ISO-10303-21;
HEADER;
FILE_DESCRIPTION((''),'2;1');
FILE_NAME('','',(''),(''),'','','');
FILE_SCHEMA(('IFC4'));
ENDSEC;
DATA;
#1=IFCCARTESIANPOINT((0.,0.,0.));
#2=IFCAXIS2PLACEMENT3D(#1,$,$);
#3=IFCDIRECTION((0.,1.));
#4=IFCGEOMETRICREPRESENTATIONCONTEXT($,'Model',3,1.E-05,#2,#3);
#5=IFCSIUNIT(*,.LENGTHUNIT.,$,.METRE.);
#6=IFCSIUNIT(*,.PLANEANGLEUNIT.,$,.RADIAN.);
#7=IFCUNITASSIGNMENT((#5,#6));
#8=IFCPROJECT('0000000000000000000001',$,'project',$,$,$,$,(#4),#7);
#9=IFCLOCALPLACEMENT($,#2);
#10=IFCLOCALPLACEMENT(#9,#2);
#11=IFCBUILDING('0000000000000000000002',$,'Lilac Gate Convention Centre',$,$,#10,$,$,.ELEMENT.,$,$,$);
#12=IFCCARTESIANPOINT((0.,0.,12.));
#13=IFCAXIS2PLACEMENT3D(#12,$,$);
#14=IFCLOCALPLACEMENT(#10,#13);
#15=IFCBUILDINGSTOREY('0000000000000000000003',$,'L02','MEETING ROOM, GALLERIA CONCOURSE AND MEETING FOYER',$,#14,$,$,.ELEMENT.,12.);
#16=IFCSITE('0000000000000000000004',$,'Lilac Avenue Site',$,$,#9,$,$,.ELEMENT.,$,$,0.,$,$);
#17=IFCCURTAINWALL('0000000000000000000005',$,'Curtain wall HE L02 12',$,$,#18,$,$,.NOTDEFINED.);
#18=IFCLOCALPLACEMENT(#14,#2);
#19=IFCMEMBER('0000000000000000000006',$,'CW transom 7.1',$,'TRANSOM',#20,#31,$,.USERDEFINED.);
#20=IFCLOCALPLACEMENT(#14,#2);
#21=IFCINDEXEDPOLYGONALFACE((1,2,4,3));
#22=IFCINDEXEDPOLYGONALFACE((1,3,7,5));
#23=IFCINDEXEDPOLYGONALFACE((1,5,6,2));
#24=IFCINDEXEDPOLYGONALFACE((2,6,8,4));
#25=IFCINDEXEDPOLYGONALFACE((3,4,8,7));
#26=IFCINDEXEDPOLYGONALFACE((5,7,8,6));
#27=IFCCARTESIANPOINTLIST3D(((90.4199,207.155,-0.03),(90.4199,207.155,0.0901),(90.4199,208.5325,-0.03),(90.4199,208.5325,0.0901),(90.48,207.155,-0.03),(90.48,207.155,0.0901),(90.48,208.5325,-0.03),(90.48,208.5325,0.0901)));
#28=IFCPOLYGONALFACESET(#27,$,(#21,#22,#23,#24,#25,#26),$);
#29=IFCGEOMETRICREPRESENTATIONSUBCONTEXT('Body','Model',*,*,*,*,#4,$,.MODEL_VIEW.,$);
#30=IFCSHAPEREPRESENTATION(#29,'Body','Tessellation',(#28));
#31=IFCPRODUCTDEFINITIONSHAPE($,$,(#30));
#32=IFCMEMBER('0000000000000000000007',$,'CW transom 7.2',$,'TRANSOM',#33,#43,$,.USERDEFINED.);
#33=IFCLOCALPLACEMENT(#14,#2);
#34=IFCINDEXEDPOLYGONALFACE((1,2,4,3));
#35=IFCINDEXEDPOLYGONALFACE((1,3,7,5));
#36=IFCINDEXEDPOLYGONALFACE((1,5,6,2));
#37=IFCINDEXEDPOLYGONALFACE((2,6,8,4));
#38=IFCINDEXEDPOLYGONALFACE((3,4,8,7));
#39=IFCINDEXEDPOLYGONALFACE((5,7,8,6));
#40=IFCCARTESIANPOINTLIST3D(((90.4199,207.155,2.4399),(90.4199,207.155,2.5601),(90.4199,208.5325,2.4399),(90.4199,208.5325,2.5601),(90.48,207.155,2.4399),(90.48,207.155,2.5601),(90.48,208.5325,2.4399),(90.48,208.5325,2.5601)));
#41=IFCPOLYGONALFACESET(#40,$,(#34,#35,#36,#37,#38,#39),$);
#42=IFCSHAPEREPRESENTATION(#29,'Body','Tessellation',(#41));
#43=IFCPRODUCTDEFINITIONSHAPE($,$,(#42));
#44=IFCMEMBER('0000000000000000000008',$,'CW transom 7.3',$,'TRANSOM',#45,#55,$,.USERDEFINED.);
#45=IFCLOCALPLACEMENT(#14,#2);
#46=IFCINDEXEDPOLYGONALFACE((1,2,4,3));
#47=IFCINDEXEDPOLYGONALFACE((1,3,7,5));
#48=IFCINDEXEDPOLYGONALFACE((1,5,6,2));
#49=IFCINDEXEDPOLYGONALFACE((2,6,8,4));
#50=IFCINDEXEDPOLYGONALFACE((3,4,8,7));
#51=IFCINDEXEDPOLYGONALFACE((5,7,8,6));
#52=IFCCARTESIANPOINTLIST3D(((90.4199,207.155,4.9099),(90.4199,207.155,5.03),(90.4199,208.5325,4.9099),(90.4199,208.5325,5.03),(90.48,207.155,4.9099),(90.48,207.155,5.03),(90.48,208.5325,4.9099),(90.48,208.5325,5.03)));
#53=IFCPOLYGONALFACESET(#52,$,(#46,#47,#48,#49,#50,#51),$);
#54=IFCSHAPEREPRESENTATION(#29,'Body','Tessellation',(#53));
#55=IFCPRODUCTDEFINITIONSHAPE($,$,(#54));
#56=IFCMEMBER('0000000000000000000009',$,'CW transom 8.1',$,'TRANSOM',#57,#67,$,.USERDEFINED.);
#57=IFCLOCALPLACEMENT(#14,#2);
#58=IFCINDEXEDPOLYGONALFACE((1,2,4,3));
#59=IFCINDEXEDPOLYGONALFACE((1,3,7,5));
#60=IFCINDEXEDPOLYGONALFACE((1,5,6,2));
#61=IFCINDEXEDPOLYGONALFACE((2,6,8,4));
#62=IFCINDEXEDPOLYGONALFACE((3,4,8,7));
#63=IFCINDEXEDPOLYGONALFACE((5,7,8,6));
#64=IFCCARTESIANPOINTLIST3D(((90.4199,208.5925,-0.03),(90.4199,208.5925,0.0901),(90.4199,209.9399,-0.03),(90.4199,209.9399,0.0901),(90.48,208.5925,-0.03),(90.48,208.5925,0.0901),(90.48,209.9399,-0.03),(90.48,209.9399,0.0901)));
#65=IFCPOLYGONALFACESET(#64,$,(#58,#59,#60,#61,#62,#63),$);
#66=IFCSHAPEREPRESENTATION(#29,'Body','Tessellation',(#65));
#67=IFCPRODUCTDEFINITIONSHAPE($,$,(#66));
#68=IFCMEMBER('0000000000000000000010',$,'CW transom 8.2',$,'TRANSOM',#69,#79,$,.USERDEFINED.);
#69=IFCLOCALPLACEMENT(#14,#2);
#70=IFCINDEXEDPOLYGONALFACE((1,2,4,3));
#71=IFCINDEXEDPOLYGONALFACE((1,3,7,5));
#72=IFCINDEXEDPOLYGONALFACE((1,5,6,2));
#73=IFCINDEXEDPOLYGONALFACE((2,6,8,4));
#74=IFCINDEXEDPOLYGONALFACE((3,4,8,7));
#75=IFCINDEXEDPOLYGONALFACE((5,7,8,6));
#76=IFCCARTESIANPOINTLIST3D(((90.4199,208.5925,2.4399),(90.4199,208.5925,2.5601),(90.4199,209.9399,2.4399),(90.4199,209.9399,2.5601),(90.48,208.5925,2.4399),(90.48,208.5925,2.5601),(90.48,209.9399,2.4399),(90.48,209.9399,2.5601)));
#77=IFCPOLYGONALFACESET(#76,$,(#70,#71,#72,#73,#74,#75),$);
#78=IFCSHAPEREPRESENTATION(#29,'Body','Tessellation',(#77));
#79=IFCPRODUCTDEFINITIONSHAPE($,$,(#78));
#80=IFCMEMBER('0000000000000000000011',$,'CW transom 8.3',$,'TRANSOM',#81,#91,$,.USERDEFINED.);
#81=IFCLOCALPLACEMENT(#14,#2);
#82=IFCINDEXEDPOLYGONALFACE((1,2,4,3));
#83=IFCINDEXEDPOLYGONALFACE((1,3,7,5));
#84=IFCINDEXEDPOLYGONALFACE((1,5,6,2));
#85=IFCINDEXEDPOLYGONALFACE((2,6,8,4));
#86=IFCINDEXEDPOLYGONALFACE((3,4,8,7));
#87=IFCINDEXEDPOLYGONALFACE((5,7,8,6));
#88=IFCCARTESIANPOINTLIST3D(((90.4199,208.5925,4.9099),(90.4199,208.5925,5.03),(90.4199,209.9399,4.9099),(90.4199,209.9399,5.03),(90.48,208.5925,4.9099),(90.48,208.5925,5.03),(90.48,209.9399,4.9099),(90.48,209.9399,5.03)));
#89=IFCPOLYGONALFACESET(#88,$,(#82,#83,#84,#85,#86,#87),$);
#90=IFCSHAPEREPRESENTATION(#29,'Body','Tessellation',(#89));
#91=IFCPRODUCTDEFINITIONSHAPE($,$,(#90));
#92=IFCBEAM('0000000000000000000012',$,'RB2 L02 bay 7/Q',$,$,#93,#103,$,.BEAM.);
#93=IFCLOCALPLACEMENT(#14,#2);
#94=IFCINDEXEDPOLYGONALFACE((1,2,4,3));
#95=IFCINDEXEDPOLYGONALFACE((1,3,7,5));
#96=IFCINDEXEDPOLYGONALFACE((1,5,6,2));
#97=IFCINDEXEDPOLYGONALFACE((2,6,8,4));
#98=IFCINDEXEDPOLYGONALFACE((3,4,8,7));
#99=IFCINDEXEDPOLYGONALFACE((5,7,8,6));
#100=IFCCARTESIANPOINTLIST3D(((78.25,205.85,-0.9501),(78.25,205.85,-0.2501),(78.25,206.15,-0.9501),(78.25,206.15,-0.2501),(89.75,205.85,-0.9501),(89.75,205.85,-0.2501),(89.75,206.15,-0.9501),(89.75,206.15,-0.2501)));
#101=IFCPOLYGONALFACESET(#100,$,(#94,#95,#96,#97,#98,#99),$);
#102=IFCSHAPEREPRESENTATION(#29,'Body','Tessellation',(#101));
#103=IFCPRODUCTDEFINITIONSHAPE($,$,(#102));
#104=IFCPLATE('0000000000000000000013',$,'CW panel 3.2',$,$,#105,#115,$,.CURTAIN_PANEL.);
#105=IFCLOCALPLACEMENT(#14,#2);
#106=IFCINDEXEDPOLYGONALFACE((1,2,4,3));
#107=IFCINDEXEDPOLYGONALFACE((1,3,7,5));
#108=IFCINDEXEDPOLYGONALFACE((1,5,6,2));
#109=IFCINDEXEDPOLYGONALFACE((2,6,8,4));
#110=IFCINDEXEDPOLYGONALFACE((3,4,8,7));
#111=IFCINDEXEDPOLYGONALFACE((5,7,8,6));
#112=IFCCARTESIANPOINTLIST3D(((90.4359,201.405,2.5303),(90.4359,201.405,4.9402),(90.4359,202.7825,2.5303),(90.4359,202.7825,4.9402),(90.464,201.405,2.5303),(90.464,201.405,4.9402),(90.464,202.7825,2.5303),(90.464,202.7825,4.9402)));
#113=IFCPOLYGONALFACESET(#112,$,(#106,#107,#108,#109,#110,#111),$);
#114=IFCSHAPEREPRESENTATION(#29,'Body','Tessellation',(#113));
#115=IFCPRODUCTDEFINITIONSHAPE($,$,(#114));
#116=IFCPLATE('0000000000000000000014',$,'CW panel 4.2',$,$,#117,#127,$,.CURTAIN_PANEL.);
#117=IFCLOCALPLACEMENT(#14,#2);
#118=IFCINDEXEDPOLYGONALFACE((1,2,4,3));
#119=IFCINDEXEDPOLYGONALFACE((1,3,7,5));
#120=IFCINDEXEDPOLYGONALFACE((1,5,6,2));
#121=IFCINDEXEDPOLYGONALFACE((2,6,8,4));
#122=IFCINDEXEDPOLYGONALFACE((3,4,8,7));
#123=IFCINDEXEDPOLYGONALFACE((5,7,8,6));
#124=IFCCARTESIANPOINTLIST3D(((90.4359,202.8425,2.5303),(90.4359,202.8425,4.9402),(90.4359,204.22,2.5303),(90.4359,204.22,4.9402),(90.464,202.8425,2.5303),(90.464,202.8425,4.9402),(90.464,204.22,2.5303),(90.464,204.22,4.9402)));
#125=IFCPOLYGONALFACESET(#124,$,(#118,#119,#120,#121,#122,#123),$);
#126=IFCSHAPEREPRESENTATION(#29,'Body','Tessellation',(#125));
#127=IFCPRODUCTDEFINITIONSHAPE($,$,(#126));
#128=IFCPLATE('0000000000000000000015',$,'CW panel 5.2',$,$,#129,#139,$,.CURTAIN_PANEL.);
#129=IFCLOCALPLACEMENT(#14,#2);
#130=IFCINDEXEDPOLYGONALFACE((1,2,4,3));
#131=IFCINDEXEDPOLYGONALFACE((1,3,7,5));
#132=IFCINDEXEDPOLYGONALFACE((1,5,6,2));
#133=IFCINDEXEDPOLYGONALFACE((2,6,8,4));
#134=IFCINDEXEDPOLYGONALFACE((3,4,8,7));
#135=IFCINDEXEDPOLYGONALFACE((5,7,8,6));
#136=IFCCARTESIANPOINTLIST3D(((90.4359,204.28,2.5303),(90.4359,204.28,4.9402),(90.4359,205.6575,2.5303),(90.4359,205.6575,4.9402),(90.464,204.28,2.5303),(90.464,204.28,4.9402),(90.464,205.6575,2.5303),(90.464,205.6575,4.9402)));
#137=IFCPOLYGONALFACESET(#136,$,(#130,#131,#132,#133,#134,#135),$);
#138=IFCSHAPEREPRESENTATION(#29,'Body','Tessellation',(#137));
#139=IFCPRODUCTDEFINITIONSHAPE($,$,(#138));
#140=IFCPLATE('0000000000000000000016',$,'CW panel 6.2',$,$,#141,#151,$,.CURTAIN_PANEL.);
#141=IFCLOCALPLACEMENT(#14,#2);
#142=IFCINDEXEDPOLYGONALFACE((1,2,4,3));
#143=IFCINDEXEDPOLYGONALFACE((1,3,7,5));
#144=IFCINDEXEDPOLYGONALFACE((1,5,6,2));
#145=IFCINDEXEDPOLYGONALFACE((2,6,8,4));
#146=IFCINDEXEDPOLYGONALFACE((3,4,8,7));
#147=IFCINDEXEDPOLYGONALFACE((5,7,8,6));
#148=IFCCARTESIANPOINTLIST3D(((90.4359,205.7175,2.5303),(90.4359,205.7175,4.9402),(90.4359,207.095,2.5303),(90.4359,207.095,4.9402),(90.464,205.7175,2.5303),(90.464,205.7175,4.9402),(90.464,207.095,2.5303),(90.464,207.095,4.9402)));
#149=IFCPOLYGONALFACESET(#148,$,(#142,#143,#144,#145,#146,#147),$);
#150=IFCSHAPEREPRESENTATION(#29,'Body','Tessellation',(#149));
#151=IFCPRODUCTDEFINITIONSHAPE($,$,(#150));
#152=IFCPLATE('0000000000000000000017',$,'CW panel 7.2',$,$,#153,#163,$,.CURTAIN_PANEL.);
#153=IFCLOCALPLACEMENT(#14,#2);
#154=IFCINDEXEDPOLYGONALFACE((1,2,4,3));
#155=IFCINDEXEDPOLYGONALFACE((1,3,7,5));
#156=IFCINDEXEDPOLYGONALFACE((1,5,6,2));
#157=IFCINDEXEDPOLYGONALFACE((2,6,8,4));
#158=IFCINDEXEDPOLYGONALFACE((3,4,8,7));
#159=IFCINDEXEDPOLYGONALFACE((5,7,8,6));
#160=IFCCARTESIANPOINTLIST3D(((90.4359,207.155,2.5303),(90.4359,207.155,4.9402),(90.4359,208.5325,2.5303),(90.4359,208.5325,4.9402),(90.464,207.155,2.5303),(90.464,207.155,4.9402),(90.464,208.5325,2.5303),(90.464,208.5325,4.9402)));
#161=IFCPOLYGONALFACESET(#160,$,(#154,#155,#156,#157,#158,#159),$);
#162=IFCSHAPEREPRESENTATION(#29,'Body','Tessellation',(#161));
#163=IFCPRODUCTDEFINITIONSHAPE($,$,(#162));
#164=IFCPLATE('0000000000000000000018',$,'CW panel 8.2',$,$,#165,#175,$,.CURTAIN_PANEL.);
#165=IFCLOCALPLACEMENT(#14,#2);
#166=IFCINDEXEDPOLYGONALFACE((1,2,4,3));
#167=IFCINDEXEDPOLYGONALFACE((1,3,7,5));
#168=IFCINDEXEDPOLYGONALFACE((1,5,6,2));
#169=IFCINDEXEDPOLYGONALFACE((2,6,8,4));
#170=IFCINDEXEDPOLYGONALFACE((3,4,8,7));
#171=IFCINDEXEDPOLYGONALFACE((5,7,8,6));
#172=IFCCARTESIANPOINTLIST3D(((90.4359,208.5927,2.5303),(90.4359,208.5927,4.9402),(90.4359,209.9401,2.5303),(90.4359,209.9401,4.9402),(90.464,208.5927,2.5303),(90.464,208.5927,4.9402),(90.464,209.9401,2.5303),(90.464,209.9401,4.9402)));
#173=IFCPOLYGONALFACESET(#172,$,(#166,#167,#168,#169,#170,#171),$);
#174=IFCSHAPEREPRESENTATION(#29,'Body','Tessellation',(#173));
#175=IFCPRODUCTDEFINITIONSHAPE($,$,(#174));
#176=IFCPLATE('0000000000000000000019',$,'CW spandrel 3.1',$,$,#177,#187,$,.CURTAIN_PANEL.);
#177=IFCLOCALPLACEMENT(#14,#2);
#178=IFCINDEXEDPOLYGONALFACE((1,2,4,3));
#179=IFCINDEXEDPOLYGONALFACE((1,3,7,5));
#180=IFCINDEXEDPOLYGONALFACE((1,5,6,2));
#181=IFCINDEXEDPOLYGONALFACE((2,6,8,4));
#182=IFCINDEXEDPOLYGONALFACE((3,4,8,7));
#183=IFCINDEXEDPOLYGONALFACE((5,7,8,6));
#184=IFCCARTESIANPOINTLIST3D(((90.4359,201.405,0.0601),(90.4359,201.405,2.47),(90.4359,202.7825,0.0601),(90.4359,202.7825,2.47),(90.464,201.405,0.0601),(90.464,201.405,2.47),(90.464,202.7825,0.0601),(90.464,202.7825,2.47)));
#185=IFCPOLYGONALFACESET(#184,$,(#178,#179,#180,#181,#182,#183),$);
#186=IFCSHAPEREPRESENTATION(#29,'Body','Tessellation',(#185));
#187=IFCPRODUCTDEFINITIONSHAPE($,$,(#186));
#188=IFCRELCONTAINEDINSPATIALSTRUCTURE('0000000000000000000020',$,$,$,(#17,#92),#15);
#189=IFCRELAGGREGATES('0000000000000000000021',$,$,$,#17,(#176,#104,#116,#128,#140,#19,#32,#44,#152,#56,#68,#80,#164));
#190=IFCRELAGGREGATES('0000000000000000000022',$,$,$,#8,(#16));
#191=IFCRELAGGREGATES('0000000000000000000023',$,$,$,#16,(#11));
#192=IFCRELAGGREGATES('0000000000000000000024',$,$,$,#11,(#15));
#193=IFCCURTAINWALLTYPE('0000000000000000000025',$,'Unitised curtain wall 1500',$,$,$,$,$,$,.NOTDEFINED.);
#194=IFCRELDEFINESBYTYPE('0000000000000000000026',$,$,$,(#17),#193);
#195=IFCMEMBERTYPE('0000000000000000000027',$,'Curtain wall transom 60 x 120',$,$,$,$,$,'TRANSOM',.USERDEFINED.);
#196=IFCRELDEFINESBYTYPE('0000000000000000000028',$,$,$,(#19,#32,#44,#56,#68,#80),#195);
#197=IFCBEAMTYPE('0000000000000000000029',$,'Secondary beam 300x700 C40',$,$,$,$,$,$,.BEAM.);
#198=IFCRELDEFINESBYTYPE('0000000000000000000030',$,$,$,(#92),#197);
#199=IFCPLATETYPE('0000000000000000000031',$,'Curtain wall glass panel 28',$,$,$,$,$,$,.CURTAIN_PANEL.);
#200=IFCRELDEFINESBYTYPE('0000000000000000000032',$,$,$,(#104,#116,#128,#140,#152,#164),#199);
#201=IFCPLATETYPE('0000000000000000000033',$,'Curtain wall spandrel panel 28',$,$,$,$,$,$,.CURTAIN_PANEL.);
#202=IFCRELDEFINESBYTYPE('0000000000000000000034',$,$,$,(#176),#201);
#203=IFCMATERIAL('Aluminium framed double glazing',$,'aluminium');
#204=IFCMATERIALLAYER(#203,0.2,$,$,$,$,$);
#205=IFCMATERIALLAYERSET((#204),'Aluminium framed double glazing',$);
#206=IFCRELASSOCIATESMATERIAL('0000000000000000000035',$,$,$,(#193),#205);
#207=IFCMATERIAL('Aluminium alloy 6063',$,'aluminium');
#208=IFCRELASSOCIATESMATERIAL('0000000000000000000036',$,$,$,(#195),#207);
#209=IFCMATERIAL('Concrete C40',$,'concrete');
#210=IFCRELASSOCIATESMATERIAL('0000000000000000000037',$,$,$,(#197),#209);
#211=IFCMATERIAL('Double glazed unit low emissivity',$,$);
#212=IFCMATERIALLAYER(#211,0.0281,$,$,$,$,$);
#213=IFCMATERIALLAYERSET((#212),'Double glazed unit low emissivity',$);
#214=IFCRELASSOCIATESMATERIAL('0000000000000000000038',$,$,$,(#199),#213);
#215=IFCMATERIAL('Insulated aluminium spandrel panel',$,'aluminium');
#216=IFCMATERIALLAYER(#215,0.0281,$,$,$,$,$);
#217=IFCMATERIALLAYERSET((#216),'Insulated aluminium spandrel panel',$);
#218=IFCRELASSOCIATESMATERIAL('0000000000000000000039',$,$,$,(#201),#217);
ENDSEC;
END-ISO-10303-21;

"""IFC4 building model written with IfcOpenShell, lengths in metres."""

from ifc_helpers import new_model, si_unit, direction, frame, origin, origin_2d, place, context, subcontext, project, spatial, rectangle, extrude, material, layer, layer_set, material_profile, profile_set, type_object, element, aggregate, save


model = new_model("IFC4")

# Units and contexts
model_context = context("Model", 3, precision=1e-05, world=origin(), true_north=direction((0.0, 1.0)))
body_context = subcontext(model_context, "Body", "Model", "MODEL_VIEW")
ifc_project = project(units=[si_unit("LENGTHUNIT", "METRE"), si_unit("PLANEANGLEUNIT", "RADIAN")], contexts=[model_context])

# Site, building, storey
site_placement = place(None, origin())
site = spatial("IfcSite", under=ifc_project, at=site_placement, Name="Lilac Avenue Site", CompositionType="ELEMENT", RefElevation=0.0)
building_placement = place(site_placement, origin())
building = spatial("IfcBuilding", under=site, at=building_placement, Name="Lilac Gate Convention Centre", CompositionType="ELEMENT")
storey_placement = place(building_placement, frame((0.0, 0.0, 12.0)))
storey = spatial("IfcBuildingStorey", under=building, at=storey_placement, Name="L02", Description="MEETING ROOM, GALLERIA CONCOURSE AND MEETING FOYER", CompositionType="ELEMENT", Elevation=12.0)

# Curtain wall, members
ifc_material_1 = material(Name="Aluminium framed double glazing", Category="aluminium")
ifc_layer_1 = layer(ifc_material_1, 0.2)
ifc_layer_set_1 = layer_set([ifc_layer_1], Name="Aluminium framed double glazing")
curtain_wall_type = type_object("IfcCurtainWallType", Name="Unitised curtain wall 1500", PredefinedType="NOTDEFINED", material=ifc_layer_set_1)
curtain_wall_placement = place(storey_placement, origin())
curtain_wall = element("IfcCurtainWall", 1, at=curtain_wall_placement, inside=storey, type_object=curtain_wall_type, Name="Curtain wall HE L02 12", PredefinedType="NOTDEFINED")
ifc_material_2 = material(Name="Aluminium alloy 6063", Category="aluminium")
ifc_material_profile_1 = material_profile(ifc_material_2, rectangle(XDim=0.0601, YDim=0.1201, at=origin_2d()), Name="Curtain wall transom 60 x 120")
ifc_profile_set_1 = profile_set([ifc_material_profile_1], Name="Aluminium alloy 6063")
member_type_1 = type_object("IfcMemberType", Name="Curtain wall transom 60 x 120", ElementType="TRANSOM", PredefinedType="USERDEFINED", material=ifc_profile_set_1)
member_1_placement = place(storey_placement, frame((90.45, 207.155, 0.03), z_axis=(0.0, 1.0, 0.0), x_axis=(-1.0, 0.0, 0.0)))
member_1 = element("IfcMember", 2, at=member_1_placement, type_object=member_type_1, Name="CW transom 7.1", ObjectType="TRANSOM", PredefinedType="USERDEFINED", context=body_context, shape_type="SweptSolid", body=[
    extrude(rectangle(XDim=0.0601, YDim=0.1201, at=origin_2d()), origin(), (0.0, 0.0, 1.0), 1.3774),
])
member_2_placement = place(storey_placement, frame((90.45, 207.155, 2.5), z_axis=(0.0, 1.0, 0.0), x_axis=(-1.0, 0.0, 0.0)))
member_2 = element("IfcMember", 3, at=member_2_placement, type_object=member_type_1, Name="CW transom 7.2", ObjectType="TRANSOM", PredefinedType="USERDEFINED", context=body_context, shape_type="SweptSolid", body=[
    extrude(rectangle(XDim=0.0601, YDim=0.1201, at=origin_2d()), origin(), (0.0, 0.0, 1.0), 1.3774),
])
member_3_placement = place(storey_placement, frame((90.45, 207.155, 4.97), z_axis=(0.0, 1.0, 0.0), x_axis=(-1.0, 0.0, 0.0)))
member_3 = element("IfcMember", 4, at=member_3_placement, type_object=member_type_1, Name="CW transom 7.3", ObjectType="TRANSOM", PredefinedType="USERDEFINED", context=body_context, shape_type="SweptSolid", body=[
    extrude(rectangle(XDim=0.0601, YDim=0.1201, at=origin_2d()), origin(), (0.0, 0.0, 1.0), 1.3774),
])
member_4_placement = place(storey_placement, frame((90.45, 208.5925, 0.03), z_axis=(0.0, 1.0, 0.0), x_axis=(-1.0, 0.0, 0.0)))
member_4 = element("IfcMember", 5, at=member_4_placement, type_object=member_type_1, Name="CW transom 8.1", ObjectType="TRANSOM", PredefinedType="USERDEFINED", context=body_context, shape_type="SweptSolid", body=[
    extrude(rectangle(XDim=0.0601, YDim=0.1201, at=origin_2d()), origin(), (0.0, 0.0, 1.0), 1.3474),
])
member_5_placement = place(storey_placement, frame((90.45, 208.5925, 2.5), z_axis=(0.0, 1.0, 0.0), x_axis=(-1.0, 0.0, 0.0)))
member_5 = element("IfcMember", 6, at=member_5_placement, type_object=member_type_1, Name="CW transom 8.2", ObjectType="TRANSOM", PredefinedType="USERDEFINED", context=body_context, shape_type="SweptSolid", body=[
    extrude(rectangle(XDim=0.0601, YDim=0.1201, at=origin_2d()), origin(), (0.0, 0.0, 1.0), 1.3474),
])
member_6_placement = place(storey_placement, frame((90.45, 208.5925, 4.97), z_axis=(0.0, 1.0, 0.0), x_axis=(-1.0, 0.0, 0.0)))
member_6 = element("IfcMember", 7, at=member_6_placement, type_object=member_type_1, Name="CW transom 8.3", ObjectType="TRANSOM", PredefinedType="USERDEFINED", context=body_context, shape_type="SweptSolid", body=[
    extrude(rectangle(XDim=0.0601, YDim=0.1201, at=origin_2d()), origin(), (0.0, 0.0, 1.0), 1.3474),
])

# Beam
ifc_material_3 = material(Name="Concrete C40", Category="concrete")
ifc_material_profile_2 = material_profile(ifc_material_3, rectangle(XDim=0.3, YDim=0.7, at=origin_2d()), Name="RC 300x700")
ifc_profile_set_2 = profile_set([ifc_material_profile_2], Name="Concrete C40")
beam_type = type_object("IfcBeamType", Name="Secondary beam 300x700 C40", PredefinedType="BEAM", material=ifc_profile_set_2)
beam_placement = place(storey_placement, frame((78.25, 206.0, -0.6001), z_axis=(1.0, 0.0, 0.0), x_axis=(0.0, 1.0, 0.0)))
element("IfcBeam", 8, at=beam_placement, inside=storey, type_object=beam_type, Name="RB2 L02 bay 7/Q", PredefinedType="BEAM", context=body_context, shape_type="SweptSolid", body=[
    extrude(rectangle(XDim=0.3, YDim=0.7, at=origin_2d()), origin(), (0.0, 0.0, 1.0), 11.5),
])

# Plates
ifc_material_4 = material(Name="Double glazed unit low emissivity")
ifc_layer_2 = layer(ifc_material_4, 0.0281)
ifc_layer_set_2 = layer_set([ifc_layer_2], Name="Double glazed unit low emissivity")
plate_type_1 = type_object("IfcPlateType", Name="Curtain wall glass panel 28", PredefinedType="CURTAIN_PANEL", material=ifc_layer_set_2)
plate_1_placement = place(storey_placement, frame((90.45, 202.0938, 2.5303), z_axis=(0.0, 0.0, 1.0), x_axis=(0.0, 1.0, 0.0)))
plate_1 = element("IfcPlate", 9, at=plate_1_placement, type_object=plate_type_1, Name="CW panel 3.2", PredefinedType="CURTAIN_PANEL", context=body_context, shape_type="SweptSolid", body=[
    extrude(rectangle(XDim=1.3774, YDim=0.0281, at=origin_2d()), origin(), (0.0, 0.0, 1.0), 2.4099),
])
plate_2_placement = place(storey_placement, frame((90.45, 203.5312, 2.5303), z_axis=(0.0, 0.0, 1.0), x_axis=(0.0, 1.0, 0.0)))
plate_2 = element("IfcPlate", 10, at=plate_2_placement, type_object=plate_type_1, Name="CW panel 4.2", PredefinedType="CURTAIN_PANEL", context=body_context, shape_type="SweptSolid", body=[
    extrude(rectangle(XDim=1.3774, YDim=0.0281, at=origin_2d()), origin(), (0.0, 0.0, 1.0), 2.4099),
])
plate_3_placement = place(storey_placement, frame((90.45, 204.9688, 2.5303), z_axis=(0.0, 0.0, 1.0), x_axis=(0.0, 1.0, 0.0)))
plate_3 = element("IfcPlate", 11, at=plate_3_placement, type_object=plate_type_1, Name="CW panel 5.2", PredefinedType="CURTAIN_PANEL", context=body_context, shape_type="SweptSolid", body=[
    extrude(rectangle(XDim=1.3774, YDim=0.0281, at=origin_2d()), origin(), (0.0, 0.0, 1.0), 2.4099),
])
plate_4_placement = place(storey_placement, frame((90.45, 206.4062, 2.5303), z_axis=(0.0, 0.0, 1.0), x_axis=(0.0, 1.0, 0.0)))
plate_4 = element("IfcPlate", 12, at=plate_4_placement, type_object=plate_type_1, Name="CW panel 6.2", PredefinedType="CURTAIN_PANEL", context=body_context, shape_type="SweptSolid", body=[
    extrude(rectangle(XDim=1.3774, YDim=0.0281, at=origin_2d()), origin(), (0.0, 0.0, 1.0), 2.4099),
])
plate_5_placement = place(storey_placement, frame((90.45, 207.8438, 2.5303), z_axis=(0.0, 0.0, 1.0), x_axis=(0.0, 1.0, 0.0)))
plate_5 = element("IfcPlate", 13, at=plate_5_placement, type_object=plate_type_1, Name="CW panel 7.2", PredefinedType="CURTAIN_PANEL", context=body_context, shape_type="SweptSolid", body=[
    extrude(rectangle(XDim=1.3774, YDim=0.0281, at=origin_2d()), origin(), (0.0, 0.0, 1.0), 2.4099),
])
plate_6_placement = place(storey_placement, frame((90.45, 209.2664, 2.5303), z_axis=(0.0, 0.0, 1.0), x_axis=(0.0, 1.0, 0.0)))
plate_6 = element("IfcPlate", 14, at=plate_6_placement, type_object=plate_type_1, Name="CW panel 8.2", PredefinedType="CURTAIN_PANEL", context=body_context, shape_type="SweptSolid", body=[
    extrude(rectangle(XDim=1.3474, YDim=0.0281, at=origin_2d()), origin(), (0.0, 0.0, 1.0), 2.4099),
])
ifc_material_5 = material(Name="Insulated aluminium spandrel panel", Category="aluminium")
ifc_layer_3 = layer(ifc_material_5, 0.0281)
ifc_layer_set_3 = layer_set([ifc_layer_3], Name="Insulated aluminium spandrel panel")
plate_type_2 = type_object("IfcPlateType", Name="Curtain wall spandrel panel 28", PredefinedType="CURTAIN_PANEL", material=ifc_layer_set_3)
plate_7_placement = place(storey_placement, frame((90.45, 202.0938, 0.0601), z_axis=(0.0, 0.0, 1.0), x_axis=(0.0, 1.0, 0.0)))
plate_7 = element("IfcPlate", 15, at=plate_7_placement, type_object=plate_type_2, Name="CW spandrel 3.1", PredefinedType="CURTAIN_PANEL", context=body_context, shape_type="SweptSolid", body=[
    extrude(rectangle(XDim=1.3774, YDim=0.0281, at=origin_2d()), origin(), (0.0, 0.0, 1.0), 2.4099),
])
aggregate(curtain_wall, [plate_7, plate_1, plate_2, plate_3, plate_4, member_1, member_2, member_3, plate_5, member_4, member_5, member_6, plate_6])

save(model, "model.ifc")
